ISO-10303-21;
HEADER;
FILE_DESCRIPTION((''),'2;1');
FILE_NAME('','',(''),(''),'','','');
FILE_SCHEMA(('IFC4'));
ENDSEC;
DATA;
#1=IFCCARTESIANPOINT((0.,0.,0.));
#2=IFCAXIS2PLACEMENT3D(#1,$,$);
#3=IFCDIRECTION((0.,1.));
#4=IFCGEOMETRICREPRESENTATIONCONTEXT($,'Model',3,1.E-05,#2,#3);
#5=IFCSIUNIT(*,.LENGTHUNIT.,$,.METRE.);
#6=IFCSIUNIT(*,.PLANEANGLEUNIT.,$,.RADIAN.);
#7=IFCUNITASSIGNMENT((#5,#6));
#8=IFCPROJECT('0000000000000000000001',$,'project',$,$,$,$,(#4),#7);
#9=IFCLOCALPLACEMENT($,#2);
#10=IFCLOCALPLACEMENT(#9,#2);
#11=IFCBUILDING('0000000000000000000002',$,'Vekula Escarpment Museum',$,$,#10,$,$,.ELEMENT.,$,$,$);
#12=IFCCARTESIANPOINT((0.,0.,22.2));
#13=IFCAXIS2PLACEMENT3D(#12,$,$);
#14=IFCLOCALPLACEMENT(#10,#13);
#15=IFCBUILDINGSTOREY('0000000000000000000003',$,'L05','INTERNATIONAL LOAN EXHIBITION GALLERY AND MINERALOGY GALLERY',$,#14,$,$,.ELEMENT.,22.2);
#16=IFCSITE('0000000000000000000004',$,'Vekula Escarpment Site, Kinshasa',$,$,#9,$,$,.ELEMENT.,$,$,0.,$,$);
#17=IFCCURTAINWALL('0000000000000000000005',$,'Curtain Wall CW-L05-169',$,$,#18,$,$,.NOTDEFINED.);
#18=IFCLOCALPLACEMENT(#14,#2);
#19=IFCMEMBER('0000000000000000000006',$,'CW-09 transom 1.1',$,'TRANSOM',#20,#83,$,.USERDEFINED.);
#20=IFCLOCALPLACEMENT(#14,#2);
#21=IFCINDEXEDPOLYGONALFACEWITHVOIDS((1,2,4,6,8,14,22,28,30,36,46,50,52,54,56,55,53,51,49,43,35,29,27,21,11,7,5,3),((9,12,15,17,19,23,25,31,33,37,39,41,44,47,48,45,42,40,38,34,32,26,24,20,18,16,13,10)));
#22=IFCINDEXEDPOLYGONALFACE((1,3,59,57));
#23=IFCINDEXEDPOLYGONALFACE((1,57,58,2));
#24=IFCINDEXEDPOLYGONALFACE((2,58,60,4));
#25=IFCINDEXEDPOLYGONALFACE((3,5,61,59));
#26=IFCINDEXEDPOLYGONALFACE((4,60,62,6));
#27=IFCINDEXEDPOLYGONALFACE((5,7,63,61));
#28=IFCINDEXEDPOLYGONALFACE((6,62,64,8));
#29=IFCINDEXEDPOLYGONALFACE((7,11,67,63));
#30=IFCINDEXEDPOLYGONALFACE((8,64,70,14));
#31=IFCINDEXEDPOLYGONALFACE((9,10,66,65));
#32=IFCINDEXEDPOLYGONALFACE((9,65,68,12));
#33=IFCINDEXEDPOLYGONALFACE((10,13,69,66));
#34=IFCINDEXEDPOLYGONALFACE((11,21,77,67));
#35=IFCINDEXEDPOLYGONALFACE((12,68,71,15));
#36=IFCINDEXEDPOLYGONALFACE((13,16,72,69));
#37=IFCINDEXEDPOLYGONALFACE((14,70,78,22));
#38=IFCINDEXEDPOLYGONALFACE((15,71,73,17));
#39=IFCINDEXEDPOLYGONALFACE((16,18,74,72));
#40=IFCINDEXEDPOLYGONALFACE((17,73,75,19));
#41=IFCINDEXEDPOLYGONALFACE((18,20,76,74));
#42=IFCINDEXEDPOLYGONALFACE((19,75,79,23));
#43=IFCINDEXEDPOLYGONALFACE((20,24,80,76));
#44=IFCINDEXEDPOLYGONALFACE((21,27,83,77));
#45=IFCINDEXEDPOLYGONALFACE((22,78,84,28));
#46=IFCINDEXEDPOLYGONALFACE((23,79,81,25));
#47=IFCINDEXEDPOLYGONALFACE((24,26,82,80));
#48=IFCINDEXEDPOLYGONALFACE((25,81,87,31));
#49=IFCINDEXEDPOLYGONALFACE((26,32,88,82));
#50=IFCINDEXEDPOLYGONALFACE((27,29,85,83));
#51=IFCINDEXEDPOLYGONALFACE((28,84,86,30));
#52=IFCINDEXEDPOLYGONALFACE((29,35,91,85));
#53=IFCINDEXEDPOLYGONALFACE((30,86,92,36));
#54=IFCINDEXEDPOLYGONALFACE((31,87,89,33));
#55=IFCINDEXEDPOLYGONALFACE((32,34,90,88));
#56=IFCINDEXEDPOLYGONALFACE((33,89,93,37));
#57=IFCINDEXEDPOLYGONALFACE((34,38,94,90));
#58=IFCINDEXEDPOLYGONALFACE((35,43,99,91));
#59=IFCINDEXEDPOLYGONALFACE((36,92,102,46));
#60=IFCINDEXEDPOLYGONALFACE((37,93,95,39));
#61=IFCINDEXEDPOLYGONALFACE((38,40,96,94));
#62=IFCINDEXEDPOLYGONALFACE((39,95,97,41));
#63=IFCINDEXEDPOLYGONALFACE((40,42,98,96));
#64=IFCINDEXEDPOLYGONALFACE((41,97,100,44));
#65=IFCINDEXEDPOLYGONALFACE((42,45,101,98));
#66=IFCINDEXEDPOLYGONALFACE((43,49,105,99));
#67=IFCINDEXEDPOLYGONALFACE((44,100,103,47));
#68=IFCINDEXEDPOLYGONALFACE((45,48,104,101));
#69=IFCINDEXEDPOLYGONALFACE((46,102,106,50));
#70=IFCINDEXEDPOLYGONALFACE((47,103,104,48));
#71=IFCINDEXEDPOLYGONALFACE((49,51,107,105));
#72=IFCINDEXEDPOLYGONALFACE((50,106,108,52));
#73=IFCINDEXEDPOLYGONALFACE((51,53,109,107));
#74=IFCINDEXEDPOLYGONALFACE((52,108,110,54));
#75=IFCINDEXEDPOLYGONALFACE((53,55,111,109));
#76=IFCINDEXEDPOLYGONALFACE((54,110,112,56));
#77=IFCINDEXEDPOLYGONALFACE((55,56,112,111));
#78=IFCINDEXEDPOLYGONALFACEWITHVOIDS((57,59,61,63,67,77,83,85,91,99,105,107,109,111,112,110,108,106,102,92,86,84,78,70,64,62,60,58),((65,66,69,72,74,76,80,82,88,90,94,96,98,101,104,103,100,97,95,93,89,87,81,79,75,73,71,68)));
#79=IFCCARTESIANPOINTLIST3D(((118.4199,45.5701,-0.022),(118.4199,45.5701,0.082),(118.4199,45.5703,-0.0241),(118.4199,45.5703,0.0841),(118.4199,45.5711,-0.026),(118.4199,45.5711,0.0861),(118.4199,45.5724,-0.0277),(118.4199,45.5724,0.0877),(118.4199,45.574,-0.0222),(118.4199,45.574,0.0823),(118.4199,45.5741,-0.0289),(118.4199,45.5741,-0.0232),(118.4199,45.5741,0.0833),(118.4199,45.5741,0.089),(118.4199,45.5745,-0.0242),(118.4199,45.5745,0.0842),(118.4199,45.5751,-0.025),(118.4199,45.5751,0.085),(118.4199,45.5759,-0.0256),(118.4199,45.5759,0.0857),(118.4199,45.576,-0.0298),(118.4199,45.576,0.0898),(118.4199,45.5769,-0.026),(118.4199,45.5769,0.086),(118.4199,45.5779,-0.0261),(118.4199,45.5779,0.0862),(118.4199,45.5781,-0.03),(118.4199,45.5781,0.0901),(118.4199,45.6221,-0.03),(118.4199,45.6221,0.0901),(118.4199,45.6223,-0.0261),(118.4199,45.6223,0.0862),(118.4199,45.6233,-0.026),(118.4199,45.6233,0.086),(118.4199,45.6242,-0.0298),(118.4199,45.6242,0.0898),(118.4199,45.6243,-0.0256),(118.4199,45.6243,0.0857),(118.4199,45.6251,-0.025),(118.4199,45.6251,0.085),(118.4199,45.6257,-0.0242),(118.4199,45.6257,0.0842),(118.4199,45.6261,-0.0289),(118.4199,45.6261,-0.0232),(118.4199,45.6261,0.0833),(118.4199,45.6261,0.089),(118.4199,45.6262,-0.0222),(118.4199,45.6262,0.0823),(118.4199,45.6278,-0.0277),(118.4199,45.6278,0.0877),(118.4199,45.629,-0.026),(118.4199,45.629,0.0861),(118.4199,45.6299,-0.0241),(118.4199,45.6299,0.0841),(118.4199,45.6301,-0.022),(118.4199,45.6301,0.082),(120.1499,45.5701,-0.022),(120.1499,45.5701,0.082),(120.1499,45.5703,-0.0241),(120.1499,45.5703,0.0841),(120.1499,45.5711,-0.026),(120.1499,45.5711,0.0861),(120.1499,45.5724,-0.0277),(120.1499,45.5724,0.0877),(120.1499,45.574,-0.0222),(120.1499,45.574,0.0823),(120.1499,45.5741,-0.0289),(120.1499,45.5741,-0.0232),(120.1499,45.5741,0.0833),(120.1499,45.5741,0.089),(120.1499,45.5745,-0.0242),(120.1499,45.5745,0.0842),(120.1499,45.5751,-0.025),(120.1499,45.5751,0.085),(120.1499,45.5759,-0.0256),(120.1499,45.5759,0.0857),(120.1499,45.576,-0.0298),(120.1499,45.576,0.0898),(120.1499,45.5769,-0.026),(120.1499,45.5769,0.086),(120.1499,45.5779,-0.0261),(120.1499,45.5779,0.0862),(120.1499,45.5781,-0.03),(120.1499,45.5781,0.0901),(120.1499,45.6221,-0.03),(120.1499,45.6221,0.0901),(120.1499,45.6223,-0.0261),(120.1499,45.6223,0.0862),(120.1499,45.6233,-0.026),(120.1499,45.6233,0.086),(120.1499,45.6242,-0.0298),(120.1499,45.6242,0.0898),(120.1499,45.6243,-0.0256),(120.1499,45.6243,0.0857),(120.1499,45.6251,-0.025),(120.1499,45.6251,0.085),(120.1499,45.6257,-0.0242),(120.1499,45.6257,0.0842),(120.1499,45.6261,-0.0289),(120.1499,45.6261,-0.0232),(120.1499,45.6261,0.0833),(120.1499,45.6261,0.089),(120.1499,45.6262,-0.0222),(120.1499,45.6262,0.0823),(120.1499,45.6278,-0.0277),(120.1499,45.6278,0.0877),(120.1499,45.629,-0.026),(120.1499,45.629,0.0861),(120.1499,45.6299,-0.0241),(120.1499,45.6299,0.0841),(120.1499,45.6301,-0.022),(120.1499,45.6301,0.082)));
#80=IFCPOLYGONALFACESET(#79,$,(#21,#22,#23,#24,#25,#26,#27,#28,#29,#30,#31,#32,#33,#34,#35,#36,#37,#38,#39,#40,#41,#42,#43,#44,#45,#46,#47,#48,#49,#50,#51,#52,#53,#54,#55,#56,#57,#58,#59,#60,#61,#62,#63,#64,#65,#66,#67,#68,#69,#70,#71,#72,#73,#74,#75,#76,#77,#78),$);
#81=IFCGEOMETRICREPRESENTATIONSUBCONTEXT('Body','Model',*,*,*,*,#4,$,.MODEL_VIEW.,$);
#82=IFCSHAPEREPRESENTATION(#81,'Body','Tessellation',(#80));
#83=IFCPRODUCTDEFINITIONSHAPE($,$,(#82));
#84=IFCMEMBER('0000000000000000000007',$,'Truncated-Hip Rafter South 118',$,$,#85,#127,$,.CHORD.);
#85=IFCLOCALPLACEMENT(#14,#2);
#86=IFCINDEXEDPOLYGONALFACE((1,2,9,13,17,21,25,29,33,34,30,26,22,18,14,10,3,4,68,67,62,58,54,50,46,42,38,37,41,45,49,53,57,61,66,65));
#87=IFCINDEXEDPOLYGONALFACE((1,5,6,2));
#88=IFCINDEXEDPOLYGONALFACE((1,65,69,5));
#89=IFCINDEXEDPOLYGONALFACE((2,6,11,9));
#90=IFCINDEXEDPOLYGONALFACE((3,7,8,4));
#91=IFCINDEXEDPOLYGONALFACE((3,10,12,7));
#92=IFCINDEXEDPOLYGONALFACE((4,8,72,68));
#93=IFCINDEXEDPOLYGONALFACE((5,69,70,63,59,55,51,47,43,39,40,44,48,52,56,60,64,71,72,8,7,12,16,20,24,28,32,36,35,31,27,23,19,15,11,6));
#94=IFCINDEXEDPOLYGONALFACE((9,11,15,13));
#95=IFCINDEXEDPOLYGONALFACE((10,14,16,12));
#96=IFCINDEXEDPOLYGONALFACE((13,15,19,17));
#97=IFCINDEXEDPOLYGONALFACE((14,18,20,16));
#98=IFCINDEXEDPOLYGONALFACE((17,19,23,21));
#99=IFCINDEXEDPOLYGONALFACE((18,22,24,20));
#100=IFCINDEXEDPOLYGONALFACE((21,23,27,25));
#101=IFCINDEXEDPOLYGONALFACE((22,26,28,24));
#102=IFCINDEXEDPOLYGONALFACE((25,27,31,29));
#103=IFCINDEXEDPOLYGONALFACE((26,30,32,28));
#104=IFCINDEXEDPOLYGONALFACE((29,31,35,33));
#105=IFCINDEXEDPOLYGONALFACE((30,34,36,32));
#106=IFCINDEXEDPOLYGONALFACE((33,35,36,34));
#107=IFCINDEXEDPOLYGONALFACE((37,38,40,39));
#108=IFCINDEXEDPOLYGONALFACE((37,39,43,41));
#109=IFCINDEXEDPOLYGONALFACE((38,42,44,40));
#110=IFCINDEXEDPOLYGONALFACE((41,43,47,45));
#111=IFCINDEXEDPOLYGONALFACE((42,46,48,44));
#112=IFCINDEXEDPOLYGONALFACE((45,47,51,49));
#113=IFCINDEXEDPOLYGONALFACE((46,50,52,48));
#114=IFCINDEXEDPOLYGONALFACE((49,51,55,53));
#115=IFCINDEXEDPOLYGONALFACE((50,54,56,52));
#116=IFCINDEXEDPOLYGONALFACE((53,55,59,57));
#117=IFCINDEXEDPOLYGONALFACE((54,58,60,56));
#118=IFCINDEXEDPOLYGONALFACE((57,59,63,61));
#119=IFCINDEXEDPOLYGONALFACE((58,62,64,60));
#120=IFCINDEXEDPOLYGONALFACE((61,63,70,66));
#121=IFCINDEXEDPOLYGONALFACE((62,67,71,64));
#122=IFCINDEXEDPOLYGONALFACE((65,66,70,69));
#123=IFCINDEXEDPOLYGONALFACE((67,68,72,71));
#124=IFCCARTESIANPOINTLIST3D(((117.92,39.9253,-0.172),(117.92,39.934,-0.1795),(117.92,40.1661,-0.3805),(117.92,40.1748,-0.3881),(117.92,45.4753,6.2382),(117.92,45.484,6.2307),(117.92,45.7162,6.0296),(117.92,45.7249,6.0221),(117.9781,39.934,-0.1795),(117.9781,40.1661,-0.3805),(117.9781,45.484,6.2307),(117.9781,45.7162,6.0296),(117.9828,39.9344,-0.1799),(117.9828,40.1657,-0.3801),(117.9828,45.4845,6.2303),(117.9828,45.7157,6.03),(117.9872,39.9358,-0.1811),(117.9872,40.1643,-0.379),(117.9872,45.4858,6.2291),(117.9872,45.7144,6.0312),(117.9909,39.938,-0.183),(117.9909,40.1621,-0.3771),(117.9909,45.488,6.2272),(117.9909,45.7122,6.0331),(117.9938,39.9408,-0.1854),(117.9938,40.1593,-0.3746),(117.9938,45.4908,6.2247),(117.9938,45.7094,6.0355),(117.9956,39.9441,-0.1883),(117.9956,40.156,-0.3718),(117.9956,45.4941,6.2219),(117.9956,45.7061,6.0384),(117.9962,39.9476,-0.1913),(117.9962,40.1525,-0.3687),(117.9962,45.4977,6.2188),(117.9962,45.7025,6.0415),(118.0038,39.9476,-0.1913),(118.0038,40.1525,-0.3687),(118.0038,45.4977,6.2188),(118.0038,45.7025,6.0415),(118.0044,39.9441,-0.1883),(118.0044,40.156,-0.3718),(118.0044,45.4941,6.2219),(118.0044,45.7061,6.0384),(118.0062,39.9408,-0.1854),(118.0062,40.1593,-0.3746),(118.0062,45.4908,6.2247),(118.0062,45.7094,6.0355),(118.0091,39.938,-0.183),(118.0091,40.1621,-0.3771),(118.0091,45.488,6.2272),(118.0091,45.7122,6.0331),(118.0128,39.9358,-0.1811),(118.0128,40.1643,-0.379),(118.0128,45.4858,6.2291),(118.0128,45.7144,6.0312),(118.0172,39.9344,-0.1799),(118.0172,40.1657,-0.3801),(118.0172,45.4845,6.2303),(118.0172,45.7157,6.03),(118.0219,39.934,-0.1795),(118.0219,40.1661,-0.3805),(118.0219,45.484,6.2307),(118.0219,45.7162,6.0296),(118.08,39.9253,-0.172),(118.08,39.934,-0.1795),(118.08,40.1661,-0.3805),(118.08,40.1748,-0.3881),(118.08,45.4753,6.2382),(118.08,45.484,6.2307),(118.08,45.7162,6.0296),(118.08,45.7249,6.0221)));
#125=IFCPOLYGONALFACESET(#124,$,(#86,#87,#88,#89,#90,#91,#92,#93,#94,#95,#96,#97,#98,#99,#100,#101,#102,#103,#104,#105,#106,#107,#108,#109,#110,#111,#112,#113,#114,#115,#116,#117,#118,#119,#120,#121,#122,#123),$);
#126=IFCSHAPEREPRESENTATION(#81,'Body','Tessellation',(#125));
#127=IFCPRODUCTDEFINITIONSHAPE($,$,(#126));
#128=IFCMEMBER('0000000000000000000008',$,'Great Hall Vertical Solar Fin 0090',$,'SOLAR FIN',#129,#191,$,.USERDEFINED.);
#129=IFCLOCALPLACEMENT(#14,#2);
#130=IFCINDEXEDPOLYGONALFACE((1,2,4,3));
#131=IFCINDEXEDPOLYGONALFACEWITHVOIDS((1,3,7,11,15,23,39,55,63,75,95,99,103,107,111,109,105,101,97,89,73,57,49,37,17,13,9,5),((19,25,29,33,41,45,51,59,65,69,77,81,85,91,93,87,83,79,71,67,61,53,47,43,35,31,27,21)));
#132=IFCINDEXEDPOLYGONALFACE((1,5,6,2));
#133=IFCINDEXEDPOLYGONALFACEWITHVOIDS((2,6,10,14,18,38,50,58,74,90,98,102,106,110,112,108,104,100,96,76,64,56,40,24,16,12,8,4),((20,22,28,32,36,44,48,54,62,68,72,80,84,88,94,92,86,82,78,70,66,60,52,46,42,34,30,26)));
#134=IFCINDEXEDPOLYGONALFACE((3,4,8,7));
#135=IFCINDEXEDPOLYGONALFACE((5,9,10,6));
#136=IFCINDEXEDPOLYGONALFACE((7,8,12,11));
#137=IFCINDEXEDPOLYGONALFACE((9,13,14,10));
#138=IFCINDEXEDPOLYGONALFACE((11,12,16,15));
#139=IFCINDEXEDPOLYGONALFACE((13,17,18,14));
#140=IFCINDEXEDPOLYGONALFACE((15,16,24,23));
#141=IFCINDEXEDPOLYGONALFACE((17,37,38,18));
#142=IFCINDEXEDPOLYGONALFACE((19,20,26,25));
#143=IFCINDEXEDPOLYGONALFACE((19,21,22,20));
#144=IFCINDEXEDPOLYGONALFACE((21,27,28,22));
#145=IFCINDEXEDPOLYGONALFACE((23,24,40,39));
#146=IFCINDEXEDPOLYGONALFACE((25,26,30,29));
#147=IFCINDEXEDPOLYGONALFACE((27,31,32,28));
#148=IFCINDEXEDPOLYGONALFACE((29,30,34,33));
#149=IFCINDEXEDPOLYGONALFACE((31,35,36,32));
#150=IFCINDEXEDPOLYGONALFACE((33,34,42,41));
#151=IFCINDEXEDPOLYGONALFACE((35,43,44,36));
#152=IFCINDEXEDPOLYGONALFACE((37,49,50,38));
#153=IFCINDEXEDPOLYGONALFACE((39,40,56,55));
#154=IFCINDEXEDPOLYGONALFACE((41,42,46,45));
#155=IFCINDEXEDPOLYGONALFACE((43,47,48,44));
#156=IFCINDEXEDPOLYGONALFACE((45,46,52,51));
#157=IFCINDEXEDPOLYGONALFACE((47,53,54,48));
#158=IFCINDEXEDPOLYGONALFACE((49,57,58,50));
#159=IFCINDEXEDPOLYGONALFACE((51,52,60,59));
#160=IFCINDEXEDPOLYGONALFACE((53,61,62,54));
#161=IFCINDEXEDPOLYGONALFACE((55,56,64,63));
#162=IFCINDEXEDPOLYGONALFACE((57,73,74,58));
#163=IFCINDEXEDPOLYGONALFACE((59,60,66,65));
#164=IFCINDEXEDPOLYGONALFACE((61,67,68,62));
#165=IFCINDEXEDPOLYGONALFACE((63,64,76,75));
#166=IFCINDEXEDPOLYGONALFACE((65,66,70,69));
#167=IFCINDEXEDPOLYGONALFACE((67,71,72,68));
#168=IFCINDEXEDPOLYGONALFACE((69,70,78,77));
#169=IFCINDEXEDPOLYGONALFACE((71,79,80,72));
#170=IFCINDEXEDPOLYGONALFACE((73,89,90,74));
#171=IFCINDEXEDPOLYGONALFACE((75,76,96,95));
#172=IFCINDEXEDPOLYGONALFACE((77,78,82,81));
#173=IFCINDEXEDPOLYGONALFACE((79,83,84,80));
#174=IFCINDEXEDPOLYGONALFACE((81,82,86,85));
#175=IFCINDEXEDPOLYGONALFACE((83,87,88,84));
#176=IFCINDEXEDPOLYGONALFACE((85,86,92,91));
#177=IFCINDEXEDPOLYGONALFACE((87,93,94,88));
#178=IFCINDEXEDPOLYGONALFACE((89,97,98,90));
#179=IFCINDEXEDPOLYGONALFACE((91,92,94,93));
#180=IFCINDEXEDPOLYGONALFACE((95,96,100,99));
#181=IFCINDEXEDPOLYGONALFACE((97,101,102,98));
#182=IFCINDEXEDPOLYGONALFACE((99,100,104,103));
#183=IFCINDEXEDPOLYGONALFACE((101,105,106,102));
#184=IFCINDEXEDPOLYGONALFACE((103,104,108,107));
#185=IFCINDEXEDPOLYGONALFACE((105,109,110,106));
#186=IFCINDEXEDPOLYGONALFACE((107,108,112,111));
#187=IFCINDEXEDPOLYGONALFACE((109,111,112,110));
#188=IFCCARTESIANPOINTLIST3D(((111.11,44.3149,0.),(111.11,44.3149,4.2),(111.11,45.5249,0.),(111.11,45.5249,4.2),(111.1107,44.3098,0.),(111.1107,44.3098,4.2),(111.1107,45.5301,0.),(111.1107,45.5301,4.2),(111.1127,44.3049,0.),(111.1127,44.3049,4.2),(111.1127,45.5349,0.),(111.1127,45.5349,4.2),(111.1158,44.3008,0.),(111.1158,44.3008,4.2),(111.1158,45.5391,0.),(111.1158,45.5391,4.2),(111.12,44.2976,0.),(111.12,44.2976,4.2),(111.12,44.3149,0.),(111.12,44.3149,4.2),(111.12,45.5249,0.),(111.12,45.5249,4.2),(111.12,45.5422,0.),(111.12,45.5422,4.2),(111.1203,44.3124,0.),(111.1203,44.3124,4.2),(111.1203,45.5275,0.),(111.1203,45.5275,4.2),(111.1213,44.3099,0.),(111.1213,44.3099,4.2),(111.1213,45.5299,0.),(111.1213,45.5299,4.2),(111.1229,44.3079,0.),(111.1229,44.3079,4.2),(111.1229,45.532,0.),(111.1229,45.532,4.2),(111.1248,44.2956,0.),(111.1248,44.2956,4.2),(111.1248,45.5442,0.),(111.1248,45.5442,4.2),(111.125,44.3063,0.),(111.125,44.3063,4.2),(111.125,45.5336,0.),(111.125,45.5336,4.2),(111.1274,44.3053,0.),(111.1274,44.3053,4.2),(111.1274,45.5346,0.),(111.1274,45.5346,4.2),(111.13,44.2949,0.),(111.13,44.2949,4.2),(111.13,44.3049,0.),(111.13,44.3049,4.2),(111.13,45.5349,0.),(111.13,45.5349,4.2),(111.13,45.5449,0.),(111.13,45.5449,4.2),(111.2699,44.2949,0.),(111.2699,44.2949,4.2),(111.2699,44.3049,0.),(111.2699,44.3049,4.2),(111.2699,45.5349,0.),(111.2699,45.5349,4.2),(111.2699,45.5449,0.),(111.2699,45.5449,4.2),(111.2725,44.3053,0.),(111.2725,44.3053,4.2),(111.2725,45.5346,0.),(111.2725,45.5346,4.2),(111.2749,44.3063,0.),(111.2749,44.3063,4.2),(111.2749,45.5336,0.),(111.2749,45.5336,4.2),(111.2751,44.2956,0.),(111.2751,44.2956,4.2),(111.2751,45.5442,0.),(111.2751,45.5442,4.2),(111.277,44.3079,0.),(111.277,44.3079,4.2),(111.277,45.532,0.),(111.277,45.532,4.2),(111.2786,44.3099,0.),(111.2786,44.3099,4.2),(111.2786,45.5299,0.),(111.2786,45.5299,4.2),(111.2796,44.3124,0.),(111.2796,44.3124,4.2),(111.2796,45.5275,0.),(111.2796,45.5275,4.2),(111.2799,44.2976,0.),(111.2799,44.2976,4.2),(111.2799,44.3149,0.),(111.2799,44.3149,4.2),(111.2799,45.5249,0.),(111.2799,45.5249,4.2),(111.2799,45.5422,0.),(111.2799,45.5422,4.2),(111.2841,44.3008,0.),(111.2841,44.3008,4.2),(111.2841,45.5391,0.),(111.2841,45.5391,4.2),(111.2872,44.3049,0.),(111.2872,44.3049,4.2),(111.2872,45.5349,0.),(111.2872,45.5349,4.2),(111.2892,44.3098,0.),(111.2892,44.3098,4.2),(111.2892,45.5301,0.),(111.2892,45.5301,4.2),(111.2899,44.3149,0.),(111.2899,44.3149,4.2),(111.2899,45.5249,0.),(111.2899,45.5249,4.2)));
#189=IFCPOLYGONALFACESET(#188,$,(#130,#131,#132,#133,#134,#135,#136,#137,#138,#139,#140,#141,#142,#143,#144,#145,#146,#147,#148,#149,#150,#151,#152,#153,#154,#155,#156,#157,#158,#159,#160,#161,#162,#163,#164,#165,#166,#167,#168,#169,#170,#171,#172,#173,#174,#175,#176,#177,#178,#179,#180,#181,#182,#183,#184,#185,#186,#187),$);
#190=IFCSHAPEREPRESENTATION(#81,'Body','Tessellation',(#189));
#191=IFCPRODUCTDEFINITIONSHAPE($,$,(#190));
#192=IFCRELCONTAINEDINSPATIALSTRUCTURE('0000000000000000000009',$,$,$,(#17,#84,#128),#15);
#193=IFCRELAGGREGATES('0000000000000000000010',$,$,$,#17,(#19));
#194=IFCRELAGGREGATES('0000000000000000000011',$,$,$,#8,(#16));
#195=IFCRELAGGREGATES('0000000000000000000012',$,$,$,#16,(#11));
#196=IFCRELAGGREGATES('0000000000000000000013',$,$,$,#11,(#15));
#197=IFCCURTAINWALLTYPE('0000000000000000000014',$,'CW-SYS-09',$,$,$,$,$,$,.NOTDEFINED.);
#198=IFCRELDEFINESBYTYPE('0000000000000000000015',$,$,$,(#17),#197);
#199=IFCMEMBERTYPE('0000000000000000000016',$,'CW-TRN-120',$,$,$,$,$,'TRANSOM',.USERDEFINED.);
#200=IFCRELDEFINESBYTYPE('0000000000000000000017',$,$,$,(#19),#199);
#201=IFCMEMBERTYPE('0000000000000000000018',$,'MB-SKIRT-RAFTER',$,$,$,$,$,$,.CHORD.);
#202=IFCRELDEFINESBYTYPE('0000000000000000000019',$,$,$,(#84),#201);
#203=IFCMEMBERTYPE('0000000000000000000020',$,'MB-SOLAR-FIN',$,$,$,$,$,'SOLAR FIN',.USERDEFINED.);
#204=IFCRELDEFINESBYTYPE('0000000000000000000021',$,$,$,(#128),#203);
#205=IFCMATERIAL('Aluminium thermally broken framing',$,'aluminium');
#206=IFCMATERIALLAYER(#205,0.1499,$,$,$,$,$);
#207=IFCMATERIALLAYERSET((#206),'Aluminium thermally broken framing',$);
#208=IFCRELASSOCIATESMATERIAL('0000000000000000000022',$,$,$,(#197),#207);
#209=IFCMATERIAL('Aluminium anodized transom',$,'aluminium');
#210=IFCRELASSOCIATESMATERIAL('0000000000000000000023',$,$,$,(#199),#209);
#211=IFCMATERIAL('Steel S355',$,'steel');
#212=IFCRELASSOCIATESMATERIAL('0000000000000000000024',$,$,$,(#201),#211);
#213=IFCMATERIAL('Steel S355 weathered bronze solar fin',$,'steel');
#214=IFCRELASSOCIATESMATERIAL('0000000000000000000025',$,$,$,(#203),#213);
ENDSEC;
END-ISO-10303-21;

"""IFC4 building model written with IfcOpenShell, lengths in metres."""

from ifc_helpers import new_model, si_unit, direction, frame, origin, origin_2d, place, context, subcontext, project, spatial, hollow_rectangle, i_section, extrude, material, layer, layer_set, material_profile, profile_set, type_object, element, aggregate, save


model = new_model("IFC4")

# Units and contexts
model_context = context("Model", 3, precision=1e-05, world=origin(), true_north=direction((0.0, 1.0)))
body_context = subcontext(model_context, "Body", "Model", "MODEL_VIEW")
ifc_project = project(units=[si_unit("LENGTHUNIT", "METRE"), si_unit("PLANEANGLEUNIT", "RADIAN")], contexts=[model_context])

# Site, building, storey
site_placement = place(None, origin())
site = spatial("IfcSite", under=ifc_project, at=site_placement, Name="Vekula Escarpment Site, Kinshasa", CompositionType="ELEMENT", RefElevation=0.0)
building_placement = place(site_placement, origin())
building = spatial("IfcBuilding", under=site, at=building_placement, Name="Vekula Escarpment Museum", CompositionType="ELEMENT")
storey_placement = place(building_placement, frame((0.0, 0.0, 22.2)))
storey = spatial("IfcBuildingStorey", under=building, at=storey_placement, Name="L05", Description="INTERNATIONAL LOAN EXHIBITION GALLERY AND MINERALOGY GALLERY", CompositionType="ELEMENT", Elevation=22.2)

# Curtain wall
ifc_material_1 = material(Name="Aluminium thermally broken framing", Category="aluminium")
ifc_layer_1 = layer(ifc_material_1, 0.1499)
ifc_layer_set_1 = layer_set([ifc_layer_1], Name="Aluminium thermally broken framing")
curtain_wall_type_1 = type_object("IfcCurtainWallType", Name="CW-SYS-09", PredefinedType="NOTDEFINED", material=ifc_layer_set_1)
curtain_wall_1_placement = place(storey_placement, origin())
curtain_wall_1 = element("IfcCurtainWall", 1, at=curtain_wall_1_placement, inside=storey, type_object=curtain_wall_type_1, Name="Curtain Wall CW-L05-169", PredefinedType="NOTDEFINED")

# Member
ifc_material_2 = material(Name="Aluminium anodized transom", Category="aluminium")
ifc_material_profile_1 = material_profile(ifc_material_2, hollow_rectangle(XDim=0.0601, YDim=0.1201, WallThickness=0.0039, InnerFilletRadius=0.0039, OuterFilletRadius=0.0081, at=origin_2d()), Name="ALU 120x60x4")
ifc_profile_set_1 = profile_set([ifc_material_profile_1], Name="Aluminium anodized transom")
member_type_1 = type_object("IfcMemberType", Name="CW-TRN-120", ElementType="TRANSOM", PredefinedType="USERDEFINED", material=ifc_profile_set_1)
member_1_placement = place(storey_placement, frame((118.4199, 45.6001, 0.03), z_axis=(1.0, 0.0, 0.0), x_axis=(0.0, 1.0, 0.0)))
member_1 = element("IfcMember", 2, at=member_1_placement, type_object=member_type_1, Name="CW-09 transom 1.1", ObjectType="TRANSOM", PredefinedType="USERDEFINED", context=body_context, shape_type="SweptSolid", body=[
    extrude(hollow_rectangle(XDim=0.0601, YDim=0.1201, WallThickness=0.0039, InnerFilletRadius=0.0039, OuterFilletRadius=0.0081, at=origin_2d()), origin(), (0.0, 0.0, 1.0), 1.73),
])
aggregate(curtain_wall_1, [member_1])

# Members
ifc_material_3 = material(Name="Steel S355", Category="steel")
ifc_material_profile_2 = material_profile(ifc_material_3, i_section(OverallWidth=0.1599, OverallDepth=0.3301, WebThickness=0.0076, FlangeThickness=0.0115, FilletRadius=0.0181, at=origin_2d()), Name="IPE 330")
ifc_profile_set_2 = profile_set([ifc_material_profile_2], Name="Steel S355")
member_type_2 = type_object("IfcMemberType", Name="MB-SKIRT-RAFTER", PredefinedType="CHORD", material=ifc_profile_set_2)
member_2_placement = place(storey_placement, frame((118.0, 40.05, -0.28), z_axis=(0.0, 0.654565, 0.756005), x_axis=(-1.0, 0.0, 0.0)))
element("IfcMember", 3, at=member_2_placement, inside=storey, type_object=member_type_2, Name="Truncated-Hip Rafter South 118", PredefinedType="CHORD", context=body_context, shape_type="SweptSolid", body=[
    extrude(i_section(OverallWidth=0.1599, OverallDepth=0.3301, WebThickness=0.0076, FlangeThickness=0.0115, FilletRadius=0.0181, at=origin_2d()), origin(), (0.0, 0.0, 1.0), 8.479),
])
ifc_material_4 = material(Name="Steel S355 weathered bronze solar fin", Category="steel")
ifc_material_profile_3 = material_profile(ifc_material_4, hollow_rectangle(XDim=0.1799, YDim=1.25, WallThickness=0.01, InnerFilletRadius=0.01, OuterFilletRadius=0.02, at=origin_2d()), Name="RHS 1250x180x10")
ifc_profile_set_3 = profile_set([ifc_material_profile_3], Name="Steel S355 weathered bronze solar fin")
member_type_3 = type_object("IfcMemberType", Name="MB-SOLAR-FIN", ElementType="SOLAR FIN", PredefinedType="USERDEFINED", material=ifc_profile_set_3)
for number, where, z_axis, x_axis, name in (
    (4, (111.2, 44.9199, 0.0), (0.0, 0.0, 1.0), (1.0, 0.0, 0.0), "Great Hall Vertical Solar Fin 0090"),
):
    element("IfcMember", number, at=place(storey_placement, frame(where, z_axis=z_axis, x_axis=x_axis)), inside=storey, type_object=member_type_3, Name=name, ObjectType="SOLAR FIN", PredefinedType="USERDEFINED", context=body_context, shape_type="SweptSolid", body=[
        extrude(hollow_rectangle(XDim=0.1799, YDim=1.25, WallThickness=0.01, InnerFilletRadius=0.01, OuterFilletRadius=0.02, at=origin_2d()), origin(), (0.0, 0.0, 1.0), 4.2),
    ])

save(model, "model.ifc")
